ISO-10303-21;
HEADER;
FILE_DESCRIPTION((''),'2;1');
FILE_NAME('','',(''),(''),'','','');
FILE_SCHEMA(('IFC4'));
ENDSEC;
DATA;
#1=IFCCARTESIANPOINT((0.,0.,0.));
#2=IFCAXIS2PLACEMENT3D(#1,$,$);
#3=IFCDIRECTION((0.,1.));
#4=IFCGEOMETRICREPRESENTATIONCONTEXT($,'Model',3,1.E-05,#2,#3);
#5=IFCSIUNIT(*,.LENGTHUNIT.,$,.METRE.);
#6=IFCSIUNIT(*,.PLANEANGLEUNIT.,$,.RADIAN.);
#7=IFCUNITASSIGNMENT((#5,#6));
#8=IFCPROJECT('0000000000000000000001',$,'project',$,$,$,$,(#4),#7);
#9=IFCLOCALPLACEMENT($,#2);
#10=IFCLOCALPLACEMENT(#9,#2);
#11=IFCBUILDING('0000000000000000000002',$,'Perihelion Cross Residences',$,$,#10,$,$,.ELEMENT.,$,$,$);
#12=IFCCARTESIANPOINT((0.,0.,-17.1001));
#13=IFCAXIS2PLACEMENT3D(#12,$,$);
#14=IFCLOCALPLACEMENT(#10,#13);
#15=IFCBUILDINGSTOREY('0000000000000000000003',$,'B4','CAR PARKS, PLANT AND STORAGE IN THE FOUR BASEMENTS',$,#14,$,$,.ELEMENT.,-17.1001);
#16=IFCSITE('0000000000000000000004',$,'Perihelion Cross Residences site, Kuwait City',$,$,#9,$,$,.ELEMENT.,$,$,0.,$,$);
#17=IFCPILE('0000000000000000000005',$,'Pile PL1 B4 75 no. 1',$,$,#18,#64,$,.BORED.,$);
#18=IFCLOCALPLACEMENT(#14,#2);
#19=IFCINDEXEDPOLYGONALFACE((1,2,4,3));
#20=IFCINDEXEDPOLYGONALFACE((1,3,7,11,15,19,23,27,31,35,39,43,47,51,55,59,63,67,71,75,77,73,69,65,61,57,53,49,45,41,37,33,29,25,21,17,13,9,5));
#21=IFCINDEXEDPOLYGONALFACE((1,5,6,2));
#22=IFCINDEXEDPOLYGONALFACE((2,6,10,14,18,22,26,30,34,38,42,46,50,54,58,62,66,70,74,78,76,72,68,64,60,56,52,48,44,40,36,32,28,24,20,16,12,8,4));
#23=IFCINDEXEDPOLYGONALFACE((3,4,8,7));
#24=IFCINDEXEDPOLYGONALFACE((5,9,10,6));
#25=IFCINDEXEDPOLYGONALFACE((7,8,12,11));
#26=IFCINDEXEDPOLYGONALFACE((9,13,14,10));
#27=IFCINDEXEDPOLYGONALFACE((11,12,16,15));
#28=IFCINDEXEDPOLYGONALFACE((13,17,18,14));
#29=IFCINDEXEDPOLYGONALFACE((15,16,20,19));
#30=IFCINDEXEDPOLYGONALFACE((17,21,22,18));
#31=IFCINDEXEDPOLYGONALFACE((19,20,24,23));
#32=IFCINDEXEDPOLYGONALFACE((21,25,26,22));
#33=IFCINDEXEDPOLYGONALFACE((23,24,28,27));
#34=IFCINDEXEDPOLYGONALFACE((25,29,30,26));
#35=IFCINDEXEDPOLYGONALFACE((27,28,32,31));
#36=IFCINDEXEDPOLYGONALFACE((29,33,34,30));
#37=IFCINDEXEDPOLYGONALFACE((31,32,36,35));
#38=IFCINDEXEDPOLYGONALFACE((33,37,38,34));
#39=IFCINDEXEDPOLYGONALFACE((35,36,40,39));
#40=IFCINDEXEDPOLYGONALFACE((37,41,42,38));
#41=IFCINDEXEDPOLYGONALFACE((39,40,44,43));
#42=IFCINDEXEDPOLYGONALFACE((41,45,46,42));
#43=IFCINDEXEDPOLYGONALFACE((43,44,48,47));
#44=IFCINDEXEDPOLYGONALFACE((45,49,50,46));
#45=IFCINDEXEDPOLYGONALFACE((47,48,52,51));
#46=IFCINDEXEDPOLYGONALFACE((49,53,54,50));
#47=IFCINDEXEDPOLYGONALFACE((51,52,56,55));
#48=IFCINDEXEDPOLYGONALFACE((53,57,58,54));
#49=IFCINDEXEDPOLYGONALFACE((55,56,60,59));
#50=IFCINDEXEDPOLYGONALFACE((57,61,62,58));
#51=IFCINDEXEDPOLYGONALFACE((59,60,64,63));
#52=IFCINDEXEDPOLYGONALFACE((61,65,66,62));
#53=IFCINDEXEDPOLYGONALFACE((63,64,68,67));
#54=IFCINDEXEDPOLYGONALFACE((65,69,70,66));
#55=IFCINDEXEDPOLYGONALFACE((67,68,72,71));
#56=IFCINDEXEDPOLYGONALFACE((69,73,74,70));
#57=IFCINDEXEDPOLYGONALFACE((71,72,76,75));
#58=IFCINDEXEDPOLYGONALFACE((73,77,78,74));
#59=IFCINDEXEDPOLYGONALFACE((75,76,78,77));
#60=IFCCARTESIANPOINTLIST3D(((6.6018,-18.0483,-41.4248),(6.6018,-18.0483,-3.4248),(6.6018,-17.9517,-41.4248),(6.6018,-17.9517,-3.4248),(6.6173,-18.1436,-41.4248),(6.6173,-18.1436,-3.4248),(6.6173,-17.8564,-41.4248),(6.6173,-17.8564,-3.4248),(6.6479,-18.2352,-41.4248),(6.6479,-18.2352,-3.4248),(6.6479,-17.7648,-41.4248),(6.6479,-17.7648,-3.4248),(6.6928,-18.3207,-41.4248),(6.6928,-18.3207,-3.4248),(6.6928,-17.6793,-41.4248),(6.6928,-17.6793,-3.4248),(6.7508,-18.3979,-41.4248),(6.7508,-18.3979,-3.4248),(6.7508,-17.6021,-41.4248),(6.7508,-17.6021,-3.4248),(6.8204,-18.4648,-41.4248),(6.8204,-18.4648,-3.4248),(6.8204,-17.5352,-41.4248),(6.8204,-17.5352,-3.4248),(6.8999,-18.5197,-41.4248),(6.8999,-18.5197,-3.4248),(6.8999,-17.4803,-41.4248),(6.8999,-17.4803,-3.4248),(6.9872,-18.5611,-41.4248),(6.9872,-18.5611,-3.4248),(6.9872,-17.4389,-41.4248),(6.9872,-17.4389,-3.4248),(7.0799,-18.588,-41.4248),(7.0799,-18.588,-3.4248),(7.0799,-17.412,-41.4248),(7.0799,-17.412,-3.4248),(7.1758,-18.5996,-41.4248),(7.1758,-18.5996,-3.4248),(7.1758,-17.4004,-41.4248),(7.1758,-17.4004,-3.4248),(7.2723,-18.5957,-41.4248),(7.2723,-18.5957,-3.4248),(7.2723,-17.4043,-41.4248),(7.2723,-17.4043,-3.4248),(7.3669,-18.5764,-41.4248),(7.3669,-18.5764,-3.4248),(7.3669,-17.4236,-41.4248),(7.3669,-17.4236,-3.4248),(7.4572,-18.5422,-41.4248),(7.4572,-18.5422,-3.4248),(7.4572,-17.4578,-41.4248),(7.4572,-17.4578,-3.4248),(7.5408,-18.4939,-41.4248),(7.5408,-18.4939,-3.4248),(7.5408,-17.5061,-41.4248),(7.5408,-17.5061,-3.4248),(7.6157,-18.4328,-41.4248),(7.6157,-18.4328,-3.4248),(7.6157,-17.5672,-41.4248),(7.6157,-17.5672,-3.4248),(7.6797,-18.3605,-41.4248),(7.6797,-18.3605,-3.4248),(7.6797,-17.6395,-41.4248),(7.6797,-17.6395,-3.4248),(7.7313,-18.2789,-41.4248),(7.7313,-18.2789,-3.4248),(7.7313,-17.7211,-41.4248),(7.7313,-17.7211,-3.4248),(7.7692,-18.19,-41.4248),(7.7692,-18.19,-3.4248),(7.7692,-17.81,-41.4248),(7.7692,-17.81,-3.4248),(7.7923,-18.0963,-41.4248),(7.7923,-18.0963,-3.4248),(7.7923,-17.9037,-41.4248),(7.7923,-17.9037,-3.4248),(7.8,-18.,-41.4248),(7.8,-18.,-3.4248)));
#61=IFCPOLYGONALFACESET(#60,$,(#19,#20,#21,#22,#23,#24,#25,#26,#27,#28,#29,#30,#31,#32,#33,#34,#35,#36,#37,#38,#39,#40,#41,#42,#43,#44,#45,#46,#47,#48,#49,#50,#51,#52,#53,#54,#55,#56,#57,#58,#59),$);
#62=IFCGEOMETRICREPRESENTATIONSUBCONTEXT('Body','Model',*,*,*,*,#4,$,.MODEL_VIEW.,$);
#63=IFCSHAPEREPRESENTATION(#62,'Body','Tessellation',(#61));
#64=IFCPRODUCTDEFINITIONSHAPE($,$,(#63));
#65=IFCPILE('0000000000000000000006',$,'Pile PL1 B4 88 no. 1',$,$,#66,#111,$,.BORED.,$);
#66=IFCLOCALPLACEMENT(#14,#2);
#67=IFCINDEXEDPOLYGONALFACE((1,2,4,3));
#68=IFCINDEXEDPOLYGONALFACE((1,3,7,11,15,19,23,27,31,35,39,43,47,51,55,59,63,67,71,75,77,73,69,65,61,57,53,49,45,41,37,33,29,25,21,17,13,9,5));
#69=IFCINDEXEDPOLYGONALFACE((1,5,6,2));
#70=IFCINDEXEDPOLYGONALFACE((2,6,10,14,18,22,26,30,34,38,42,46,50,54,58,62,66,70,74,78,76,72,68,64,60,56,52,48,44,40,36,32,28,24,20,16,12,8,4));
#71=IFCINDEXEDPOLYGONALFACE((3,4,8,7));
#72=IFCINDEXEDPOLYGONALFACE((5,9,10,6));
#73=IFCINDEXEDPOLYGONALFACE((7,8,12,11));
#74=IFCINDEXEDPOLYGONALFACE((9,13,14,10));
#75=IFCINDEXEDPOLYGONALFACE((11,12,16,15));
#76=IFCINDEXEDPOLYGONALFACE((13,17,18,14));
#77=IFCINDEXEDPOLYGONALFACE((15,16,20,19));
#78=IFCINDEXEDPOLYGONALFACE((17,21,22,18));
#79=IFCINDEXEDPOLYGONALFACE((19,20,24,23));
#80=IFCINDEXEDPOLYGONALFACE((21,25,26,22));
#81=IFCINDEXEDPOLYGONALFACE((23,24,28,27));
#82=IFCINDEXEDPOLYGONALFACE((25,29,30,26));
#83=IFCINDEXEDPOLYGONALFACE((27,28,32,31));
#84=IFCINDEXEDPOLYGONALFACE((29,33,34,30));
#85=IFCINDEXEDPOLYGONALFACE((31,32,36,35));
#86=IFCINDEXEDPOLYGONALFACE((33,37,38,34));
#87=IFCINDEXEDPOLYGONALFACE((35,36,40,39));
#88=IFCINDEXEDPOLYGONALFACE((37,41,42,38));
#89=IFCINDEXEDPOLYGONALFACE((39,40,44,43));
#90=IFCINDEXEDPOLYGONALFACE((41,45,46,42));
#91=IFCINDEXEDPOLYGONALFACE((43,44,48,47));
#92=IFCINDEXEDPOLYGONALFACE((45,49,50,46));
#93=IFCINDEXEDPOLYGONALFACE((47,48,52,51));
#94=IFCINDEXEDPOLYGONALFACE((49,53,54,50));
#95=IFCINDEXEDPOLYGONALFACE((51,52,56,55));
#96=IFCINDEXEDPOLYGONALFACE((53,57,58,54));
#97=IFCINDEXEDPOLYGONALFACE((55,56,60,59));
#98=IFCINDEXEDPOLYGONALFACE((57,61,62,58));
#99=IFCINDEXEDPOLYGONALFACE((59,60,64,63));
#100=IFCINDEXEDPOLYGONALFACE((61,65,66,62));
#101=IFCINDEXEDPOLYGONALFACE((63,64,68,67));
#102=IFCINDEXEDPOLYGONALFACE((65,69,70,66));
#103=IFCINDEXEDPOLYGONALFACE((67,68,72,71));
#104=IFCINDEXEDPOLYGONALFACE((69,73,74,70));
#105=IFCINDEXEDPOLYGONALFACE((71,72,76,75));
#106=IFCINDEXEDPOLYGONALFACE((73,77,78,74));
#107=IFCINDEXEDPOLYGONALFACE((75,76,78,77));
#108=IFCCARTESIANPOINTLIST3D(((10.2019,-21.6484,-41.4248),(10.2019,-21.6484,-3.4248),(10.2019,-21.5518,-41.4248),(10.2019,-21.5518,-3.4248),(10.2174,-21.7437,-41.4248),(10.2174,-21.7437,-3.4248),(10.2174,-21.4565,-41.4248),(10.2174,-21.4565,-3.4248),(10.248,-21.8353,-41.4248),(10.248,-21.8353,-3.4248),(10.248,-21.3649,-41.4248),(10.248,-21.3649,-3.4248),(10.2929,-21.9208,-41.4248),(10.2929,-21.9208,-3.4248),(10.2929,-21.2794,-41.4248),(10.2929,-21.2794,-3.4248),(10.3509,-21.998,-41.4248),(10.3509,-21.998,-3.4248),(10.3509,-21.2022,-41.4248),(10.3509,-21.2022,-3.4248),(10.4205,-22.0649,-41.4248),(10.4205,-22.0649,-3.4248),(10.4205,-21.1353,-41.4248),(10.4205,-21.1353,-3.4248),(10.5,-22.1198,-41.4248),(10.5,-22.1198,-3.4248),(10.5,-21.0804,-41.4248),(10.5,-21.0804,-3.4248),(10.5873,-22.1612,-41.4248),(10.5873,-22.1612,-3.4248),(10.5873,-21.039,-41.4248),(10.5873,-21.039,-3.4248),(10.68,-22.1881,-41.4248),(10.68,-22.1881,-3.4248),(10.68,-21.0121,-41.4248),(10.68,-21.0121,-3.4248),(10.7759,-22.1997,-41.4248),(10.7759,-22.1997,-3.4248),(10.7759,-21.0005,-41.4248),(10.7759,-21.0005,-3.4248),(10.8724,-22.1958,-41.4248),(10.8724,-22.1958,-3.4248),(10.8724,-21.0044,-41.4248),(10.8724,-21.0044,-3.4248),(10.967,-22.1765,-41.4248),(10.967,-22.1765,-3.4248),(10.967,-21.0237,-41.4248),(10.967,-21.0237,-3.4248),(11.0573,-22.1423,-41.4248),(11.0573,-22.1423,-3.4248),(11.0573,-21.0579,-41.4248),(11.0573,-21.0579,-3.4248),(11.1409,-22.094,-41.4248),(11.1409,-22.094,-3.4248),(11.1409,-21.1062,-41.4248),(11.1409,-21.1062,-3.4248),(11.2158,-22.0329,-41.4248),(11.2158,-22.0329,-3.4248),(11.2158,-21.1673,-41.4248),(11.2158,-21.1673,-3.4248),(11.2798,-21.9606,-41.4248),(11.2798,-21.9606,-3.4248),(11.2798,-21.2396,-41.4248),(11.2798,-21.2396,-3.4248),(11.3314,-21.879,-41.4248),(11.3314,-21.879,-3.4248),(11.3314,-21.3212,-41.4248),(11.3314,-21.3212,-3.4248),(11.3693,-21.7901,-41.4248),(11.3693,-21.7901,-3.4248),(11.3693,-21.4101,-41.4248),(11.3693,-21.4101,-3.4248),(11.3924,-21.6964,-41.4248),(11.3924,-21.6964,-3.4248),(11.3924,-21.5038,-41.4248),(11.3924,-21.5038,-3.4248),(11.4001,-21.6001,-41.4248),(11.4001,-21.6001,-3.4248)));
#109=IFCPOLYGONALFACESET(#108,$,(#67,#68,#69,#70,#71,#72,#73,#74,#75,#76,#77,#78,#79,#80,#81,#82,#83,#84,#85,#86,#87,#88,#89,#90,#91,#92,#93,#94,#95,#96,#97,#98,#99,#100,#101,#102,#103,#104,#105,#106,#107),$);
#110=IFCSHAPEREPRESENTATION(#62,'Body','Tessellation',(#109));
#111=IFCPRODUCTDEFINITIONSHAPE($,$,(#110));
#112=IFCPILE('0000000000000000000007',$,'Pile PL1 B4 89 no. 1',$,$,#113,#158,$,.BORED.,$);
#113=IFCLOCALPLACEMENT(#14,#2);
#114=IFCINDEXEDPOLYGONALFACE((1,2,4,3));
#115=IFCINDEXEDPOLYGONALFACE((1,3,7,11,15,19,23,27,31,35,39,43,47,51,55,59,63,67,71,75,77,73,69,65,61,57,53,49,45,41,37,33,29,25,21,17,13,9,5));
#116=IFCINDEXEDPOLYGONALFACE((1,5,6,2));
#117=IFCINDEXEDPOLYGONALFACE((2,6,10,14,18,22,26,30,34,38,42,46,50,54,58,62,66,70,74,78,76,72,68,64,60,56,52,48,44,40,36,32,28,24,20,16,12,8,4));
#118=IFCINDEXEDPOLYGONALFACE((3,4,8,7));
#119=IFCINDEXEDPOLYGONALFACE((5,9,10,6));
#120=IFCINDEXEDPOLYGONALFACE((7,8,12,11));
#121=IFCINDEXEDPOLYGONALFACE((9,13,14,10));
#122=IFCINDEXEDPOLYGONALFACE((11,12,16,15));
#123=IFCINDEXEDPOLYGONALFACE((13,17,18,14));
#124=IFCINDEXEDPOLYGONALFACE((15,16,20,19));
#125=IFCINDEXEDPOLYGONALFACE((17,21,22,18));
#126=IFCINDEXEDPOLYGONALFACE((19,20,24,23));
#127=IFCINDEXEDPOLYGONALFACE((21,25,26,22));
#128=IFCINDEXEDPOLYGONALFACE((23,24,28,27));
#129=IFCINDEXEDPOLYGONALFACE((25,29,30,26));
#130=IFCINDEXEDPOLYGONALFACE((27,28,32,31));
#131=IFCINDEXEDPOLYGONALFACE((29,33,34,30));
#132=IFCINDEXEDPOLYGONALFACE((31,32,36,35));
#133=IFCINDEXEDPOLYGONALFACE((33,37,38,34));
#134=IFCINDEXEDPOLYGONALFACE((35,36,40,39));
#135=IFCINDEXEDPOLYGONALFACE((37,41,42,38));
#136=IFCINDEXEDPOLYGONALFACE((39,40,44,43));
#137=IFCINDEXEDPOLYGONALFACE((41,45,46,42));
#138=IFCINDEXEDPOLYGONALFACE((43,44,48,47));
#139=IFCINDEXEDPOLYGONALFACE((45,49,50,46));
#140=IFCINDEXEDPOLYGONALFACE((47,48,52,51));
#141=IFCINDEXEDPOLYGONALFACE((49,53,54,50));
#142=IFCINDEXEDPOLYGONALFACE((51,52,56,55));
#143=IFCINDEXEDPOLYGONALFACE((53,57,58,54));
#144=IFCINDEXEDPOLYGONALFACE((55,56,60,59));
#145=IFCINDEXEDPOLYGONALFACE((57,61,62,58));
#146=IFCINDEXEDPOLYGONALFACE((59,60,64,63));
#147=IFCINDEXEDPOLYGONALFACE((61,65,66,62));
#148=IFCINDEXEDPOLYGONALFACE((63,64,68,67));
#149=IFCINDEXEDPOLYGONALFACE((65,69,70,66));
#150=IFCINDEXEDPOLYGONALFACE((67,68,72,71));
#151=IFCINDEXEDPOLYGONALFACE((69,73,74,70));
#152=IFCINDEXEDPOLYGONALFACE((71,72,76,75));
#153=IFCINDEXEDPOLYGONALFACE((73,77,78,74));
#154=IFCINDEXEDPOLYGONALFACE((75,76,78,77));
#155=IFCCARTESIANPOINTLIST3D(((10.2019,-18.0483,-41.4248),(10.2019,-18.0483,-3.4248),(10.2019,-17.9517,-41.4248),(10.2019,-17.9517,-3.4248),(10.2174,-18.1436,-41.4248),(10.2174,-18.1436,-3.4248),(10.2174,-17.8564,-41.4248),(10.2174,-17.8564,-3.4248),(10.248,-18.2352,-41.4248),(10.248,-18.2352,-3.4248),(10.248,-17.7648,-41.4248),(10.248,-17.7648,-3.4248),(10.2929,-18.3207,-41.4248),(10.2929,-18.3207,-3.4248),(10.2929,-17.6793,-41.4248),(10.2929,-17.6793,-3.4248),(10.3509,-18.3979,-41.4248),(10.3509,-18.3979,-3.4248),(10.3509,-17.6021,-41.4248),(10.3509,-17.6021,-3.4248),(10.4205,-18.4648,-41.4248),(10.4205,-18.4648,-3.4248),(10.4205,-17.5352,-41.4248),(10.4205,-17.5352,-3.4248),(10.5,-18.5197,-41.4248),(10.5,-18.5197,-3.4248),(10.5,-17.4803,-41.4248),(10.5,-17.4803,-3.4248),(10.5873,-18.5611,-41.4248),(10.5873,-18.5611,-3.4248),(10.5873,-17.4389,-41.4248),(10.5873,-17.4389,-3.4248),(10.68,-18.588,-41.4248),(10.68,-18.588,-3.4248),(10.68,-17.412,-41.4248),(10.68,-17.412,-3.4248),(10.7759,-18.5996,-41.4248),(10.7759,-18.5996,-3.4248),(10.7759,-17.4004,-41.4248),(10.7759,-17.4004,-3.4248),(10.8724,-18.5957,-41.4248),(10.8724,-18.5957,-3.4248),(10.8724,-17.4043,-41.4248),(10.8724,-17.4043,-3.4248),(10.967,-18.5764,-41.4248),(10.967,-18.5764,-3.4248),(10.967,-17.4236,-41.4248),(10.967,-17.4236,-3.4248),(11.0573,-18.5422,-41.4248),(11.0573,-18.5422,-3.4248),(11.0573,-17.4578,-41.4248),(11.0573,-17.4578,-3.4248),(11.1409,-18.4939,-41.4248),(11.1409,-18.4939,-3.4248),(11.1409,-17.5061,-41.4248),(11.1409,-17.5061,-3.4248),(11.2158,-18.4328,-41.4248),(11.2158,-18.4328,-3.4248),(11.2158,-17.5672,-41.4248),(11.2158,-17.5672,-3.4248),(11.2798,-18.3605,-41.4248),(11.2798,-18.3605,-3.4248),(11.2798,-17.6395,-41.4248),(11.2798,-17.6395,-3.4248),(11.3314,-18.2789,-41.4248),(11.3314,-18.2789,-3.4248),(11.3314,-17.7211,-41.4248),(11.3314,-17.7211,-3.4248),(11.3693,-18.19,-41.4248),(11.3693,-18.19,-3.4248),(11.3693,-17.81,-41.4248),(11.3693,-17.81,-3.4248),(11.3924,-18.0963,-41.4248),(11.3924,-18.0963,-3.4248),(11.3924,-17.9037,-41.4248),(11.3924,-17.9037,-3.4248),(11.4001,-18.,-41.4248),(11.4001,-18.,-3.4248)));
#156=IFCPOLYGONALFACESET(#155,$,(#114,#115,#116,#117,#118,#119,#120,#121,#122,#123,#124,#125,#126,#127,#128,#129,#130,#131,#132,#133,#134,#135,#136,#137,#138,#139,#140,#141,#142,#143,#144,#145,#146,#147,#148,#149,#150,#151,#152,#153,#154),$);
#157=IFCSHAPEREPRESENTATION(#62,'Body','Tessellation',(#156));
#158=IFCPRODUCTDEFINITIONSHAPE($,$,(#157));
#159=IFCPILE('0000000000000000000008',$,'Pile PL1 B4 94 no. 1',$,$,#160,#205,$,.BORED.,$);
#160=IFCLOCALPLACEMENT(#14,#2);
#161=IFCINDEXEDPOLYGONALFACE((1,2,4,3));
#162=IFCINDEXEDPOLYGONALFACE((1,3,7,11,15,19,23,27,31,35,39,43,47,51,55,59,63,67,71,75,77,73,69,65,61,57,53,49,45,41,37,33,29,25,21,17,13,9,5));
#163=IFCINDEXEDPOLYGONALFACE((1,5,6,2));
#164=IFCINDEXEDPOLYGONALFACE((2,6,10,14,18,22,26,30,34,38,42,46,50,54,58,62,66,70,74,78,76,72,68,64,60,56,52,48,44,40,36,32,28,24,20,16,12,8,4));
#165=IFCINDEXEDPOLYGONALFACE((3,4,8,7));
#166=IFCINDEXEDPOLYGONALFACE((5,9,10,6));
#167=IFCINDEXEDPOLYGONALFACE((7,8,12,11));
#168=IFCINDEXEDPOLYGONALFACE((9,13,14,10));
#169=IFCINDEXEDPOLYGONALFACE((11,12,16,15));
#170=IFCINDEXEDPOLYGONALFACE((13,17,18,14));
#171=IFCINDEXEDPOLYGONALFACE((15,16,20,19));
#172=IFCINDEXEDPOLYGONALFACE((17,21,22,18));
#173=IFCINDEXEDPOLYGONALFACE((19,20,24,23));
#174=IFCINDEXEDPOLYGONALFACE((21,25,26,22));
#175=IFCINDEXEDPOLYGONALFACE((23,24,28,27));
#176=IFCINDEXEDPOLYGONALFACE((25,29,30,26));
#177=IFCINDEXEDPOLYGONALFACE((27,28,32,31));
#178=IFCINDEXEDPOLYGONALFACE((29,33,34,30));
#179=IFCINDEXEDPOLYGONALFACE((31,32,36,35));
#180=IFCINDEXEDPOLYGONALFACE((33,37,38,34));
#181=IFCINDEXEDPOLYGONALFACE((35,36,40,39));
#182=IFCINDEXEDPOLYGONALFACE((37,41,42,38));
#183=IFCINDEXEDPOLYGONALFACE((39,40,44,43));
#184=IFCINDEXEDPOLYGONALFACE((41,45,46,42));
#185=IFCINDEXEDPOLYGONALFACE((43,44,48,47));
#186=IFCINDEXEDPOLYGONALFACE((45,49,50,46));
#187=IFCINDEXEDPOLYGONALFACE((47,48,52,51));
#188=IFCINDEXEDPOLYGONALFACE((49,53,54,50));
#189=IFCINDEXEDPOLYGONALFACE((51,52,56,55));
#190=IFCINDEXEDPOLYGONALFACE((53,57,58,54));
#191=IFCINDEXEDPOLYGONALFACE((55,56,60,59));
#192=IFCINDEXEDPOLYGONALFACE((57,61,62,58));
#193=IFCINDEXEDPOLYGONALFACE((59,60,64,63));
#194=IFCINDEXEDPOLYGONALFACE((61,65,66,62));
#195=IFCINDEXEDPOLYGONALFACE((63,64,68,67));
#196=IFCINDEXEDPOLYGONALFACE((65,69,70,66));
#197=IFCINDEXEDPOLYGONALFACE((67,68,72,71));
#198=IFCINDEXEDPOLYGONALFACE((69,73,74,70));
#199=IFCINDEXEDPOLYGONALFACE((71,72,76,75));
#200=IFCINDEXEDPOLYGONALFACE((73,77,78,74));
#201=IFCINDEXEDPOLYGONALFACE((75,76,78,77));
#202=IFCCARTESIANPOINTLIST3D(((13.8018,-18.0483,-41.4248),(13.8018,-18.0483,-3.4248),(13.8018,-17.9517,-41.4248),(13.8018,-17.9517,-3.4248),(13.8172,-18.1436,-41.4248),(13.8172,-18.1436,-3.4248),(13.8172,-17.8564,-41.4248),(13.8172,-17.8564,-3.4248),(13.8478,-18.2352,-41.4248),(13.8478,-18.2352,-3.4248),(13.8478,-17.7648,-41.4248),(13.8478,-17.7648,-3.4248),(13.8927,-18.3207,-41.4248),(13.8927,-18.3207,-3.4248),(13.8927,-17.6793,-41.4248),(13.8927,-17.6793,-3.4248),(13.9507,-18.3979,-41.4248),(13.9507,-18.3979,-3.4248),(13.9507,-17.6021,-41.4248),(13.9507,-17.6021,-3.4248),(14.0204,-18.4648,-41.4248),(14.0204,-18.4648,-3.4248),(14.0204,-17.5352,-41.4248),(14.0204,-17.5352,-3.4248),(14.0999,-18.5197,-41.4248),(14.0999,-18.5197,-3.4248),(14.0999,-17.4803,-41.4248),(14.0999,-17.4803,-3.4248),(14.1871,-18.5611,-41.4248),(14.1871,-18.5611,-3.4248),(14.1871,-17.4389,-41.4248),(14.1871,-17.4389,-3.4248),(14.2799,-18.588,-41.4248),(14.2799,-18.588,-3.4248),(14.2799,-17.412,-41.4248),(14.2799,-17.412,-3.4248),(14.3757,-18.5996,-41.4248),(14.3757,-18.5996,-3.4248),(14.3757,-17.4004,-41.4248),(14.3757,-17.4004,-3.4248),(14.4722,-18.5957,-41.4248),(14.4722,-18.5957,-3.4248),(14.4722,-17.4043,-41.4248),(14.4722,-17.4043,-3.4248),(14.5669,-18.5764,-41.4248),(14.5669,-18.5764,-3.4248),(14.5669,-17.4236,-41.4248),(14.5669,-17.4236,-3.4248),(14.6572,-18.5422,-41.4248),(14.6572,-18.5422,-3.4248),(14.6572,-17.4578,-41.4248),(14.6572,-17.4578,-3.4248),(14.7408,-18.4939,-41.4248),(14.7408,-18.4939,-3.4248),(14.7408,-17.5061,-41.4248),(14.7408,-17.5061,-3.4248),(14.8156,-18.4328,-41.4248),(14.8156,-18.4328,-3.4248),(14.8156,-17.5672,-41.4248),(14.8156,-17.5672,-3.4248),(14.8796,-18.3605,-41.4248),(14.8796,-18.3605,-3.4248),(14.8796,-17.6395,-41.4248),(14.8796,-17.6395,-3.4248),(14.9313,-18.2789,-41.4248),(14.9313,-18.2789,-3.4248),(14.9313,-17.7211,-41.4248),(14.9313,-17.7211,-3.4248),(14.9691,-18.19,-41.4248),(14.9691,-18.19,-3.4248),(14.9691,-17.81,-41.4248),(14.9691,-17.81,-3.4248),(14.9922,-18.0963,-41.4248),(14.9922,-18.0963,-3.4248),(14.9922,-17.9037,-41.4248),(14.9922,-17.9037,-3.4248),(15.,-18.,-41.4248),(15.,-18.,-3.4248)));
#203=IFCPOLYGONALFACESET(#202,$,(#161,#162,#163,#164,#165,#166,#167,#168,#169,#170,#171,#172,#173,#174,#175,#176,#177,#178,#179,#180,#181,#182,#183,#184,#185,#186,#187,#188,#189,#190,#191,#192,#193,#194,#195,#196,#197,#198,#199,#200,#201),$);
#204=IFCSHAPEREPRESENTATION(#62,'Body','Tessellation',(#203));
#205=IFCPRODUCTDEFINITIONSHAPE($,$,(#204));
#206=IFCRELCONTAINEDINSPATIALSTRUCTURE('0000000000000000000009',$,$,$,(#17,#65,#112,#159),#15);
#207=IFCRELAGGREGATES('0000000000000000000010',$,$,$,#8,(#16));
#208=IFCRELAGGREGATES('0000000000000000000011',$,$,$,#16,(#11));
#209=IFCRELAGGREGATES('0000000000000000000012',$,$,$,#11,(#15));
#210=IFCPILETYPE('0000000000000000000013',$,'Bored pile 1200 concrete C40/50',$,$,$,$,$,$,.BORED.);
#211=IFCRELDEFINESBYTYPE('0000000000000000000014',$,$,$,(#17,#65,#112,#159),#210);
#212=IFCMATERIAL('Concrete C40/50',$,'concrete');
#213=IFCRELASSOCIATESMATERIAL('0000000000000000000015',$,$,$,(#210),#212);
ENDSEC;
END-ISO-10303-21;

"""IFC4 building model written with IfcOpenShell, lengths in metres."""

from ifc_helpers import new_model, si_unit, direction, frame, origin, origin_2d, place, context, subcontext, project, spatial, circle, extrude, material, type_object, element, save


model = new_model("IFC4")

# Units and contexts
model_context = context("Model", 3, precision=1e-05, world=origin(), true_north=direction((0.0, 1.0)))
body_context = subcontext(model_context, "Body", "Model", "MODEL_VIEW")
ifc_project = project(units=[si_unit("LENGTHUNIT", "METRE"), si_unit("PLANEANGLEUNIT", "RADIAN")], contexts=[model_context])

# Site, building, storey
site_placement = place(None, origin())
site = spatial("IfcSite", under=ifc_project, at=site_placement, Name="Perihelion Cross Residences site, Kuwait City", CompositionType="ELEMENT", RefElevation=0.0)
building_placement = place(site_placement, origin())
building = spatial("IfcBuilding", under=site, at=building_placement, Name="Perihelion Cross Residences", CompositionType="ELEMENT")
storey_placement = place(building_placement, frame((0.0, 0.0, -17.1001)))
storey = spatial("IfcBuildingStorey", under=building, at=storey_placement, Name="B4", Description="CAR PARKS, PLANT AND STORAGE IN THE FOUR BASEMENTS", CompositionType="ELEMENT", Elevation=-17.1001)

# Piles
ifc_material_1 = material(Name="Concrete C40/50", Category="concrete")
pile_type = type_object("IfcPileType", Name="Bored pile 1200 concrete C40/50", PredefinedType="BORED", material=ifc_material_1)
for number, where, z_axis, x_axis, name in (
    (1, (7.2, -18.0, -3.4248), (0.0, 0.0, -1.0), (1.0, 0.0, 0.0), "Pile PL1 B4 75 no. 1"),
    (2, (10.8, -21.6001, -3.4248), (0.0, 0.0, -1.0), (1.0, 0.0, 0.0), "Pile PL1 B4 88 no. 1"),
    (3, (10.8, -18.0, -3.4248), (0.0, 0.0, -1.0), (1.0, 0.0, 0.0), "Pile PL1 B4 89 no. 1"),
    (4, (14.3999, -18.0, -3.4248), (0.0, 0.0, -1.0), (1.0, 0.0, 0.0), "Pile PL1 B4 94 no. 1"),
):
    element("IfcPile", number, at=place(storey_placement, frame(where, z_axis=z_axis, x_axis=x_axis)), inside=storey, type_object=pile_type, Name=name, PredefinedType="BORED", context=body_context, shape_type="SweptSolid", body=[
        extrude(circle(Radius=0.6001, at=origin_2d()), origin(), (0.0, 0.0, 1.0), 38.0),
    ])

save(model, "model.ifc")
